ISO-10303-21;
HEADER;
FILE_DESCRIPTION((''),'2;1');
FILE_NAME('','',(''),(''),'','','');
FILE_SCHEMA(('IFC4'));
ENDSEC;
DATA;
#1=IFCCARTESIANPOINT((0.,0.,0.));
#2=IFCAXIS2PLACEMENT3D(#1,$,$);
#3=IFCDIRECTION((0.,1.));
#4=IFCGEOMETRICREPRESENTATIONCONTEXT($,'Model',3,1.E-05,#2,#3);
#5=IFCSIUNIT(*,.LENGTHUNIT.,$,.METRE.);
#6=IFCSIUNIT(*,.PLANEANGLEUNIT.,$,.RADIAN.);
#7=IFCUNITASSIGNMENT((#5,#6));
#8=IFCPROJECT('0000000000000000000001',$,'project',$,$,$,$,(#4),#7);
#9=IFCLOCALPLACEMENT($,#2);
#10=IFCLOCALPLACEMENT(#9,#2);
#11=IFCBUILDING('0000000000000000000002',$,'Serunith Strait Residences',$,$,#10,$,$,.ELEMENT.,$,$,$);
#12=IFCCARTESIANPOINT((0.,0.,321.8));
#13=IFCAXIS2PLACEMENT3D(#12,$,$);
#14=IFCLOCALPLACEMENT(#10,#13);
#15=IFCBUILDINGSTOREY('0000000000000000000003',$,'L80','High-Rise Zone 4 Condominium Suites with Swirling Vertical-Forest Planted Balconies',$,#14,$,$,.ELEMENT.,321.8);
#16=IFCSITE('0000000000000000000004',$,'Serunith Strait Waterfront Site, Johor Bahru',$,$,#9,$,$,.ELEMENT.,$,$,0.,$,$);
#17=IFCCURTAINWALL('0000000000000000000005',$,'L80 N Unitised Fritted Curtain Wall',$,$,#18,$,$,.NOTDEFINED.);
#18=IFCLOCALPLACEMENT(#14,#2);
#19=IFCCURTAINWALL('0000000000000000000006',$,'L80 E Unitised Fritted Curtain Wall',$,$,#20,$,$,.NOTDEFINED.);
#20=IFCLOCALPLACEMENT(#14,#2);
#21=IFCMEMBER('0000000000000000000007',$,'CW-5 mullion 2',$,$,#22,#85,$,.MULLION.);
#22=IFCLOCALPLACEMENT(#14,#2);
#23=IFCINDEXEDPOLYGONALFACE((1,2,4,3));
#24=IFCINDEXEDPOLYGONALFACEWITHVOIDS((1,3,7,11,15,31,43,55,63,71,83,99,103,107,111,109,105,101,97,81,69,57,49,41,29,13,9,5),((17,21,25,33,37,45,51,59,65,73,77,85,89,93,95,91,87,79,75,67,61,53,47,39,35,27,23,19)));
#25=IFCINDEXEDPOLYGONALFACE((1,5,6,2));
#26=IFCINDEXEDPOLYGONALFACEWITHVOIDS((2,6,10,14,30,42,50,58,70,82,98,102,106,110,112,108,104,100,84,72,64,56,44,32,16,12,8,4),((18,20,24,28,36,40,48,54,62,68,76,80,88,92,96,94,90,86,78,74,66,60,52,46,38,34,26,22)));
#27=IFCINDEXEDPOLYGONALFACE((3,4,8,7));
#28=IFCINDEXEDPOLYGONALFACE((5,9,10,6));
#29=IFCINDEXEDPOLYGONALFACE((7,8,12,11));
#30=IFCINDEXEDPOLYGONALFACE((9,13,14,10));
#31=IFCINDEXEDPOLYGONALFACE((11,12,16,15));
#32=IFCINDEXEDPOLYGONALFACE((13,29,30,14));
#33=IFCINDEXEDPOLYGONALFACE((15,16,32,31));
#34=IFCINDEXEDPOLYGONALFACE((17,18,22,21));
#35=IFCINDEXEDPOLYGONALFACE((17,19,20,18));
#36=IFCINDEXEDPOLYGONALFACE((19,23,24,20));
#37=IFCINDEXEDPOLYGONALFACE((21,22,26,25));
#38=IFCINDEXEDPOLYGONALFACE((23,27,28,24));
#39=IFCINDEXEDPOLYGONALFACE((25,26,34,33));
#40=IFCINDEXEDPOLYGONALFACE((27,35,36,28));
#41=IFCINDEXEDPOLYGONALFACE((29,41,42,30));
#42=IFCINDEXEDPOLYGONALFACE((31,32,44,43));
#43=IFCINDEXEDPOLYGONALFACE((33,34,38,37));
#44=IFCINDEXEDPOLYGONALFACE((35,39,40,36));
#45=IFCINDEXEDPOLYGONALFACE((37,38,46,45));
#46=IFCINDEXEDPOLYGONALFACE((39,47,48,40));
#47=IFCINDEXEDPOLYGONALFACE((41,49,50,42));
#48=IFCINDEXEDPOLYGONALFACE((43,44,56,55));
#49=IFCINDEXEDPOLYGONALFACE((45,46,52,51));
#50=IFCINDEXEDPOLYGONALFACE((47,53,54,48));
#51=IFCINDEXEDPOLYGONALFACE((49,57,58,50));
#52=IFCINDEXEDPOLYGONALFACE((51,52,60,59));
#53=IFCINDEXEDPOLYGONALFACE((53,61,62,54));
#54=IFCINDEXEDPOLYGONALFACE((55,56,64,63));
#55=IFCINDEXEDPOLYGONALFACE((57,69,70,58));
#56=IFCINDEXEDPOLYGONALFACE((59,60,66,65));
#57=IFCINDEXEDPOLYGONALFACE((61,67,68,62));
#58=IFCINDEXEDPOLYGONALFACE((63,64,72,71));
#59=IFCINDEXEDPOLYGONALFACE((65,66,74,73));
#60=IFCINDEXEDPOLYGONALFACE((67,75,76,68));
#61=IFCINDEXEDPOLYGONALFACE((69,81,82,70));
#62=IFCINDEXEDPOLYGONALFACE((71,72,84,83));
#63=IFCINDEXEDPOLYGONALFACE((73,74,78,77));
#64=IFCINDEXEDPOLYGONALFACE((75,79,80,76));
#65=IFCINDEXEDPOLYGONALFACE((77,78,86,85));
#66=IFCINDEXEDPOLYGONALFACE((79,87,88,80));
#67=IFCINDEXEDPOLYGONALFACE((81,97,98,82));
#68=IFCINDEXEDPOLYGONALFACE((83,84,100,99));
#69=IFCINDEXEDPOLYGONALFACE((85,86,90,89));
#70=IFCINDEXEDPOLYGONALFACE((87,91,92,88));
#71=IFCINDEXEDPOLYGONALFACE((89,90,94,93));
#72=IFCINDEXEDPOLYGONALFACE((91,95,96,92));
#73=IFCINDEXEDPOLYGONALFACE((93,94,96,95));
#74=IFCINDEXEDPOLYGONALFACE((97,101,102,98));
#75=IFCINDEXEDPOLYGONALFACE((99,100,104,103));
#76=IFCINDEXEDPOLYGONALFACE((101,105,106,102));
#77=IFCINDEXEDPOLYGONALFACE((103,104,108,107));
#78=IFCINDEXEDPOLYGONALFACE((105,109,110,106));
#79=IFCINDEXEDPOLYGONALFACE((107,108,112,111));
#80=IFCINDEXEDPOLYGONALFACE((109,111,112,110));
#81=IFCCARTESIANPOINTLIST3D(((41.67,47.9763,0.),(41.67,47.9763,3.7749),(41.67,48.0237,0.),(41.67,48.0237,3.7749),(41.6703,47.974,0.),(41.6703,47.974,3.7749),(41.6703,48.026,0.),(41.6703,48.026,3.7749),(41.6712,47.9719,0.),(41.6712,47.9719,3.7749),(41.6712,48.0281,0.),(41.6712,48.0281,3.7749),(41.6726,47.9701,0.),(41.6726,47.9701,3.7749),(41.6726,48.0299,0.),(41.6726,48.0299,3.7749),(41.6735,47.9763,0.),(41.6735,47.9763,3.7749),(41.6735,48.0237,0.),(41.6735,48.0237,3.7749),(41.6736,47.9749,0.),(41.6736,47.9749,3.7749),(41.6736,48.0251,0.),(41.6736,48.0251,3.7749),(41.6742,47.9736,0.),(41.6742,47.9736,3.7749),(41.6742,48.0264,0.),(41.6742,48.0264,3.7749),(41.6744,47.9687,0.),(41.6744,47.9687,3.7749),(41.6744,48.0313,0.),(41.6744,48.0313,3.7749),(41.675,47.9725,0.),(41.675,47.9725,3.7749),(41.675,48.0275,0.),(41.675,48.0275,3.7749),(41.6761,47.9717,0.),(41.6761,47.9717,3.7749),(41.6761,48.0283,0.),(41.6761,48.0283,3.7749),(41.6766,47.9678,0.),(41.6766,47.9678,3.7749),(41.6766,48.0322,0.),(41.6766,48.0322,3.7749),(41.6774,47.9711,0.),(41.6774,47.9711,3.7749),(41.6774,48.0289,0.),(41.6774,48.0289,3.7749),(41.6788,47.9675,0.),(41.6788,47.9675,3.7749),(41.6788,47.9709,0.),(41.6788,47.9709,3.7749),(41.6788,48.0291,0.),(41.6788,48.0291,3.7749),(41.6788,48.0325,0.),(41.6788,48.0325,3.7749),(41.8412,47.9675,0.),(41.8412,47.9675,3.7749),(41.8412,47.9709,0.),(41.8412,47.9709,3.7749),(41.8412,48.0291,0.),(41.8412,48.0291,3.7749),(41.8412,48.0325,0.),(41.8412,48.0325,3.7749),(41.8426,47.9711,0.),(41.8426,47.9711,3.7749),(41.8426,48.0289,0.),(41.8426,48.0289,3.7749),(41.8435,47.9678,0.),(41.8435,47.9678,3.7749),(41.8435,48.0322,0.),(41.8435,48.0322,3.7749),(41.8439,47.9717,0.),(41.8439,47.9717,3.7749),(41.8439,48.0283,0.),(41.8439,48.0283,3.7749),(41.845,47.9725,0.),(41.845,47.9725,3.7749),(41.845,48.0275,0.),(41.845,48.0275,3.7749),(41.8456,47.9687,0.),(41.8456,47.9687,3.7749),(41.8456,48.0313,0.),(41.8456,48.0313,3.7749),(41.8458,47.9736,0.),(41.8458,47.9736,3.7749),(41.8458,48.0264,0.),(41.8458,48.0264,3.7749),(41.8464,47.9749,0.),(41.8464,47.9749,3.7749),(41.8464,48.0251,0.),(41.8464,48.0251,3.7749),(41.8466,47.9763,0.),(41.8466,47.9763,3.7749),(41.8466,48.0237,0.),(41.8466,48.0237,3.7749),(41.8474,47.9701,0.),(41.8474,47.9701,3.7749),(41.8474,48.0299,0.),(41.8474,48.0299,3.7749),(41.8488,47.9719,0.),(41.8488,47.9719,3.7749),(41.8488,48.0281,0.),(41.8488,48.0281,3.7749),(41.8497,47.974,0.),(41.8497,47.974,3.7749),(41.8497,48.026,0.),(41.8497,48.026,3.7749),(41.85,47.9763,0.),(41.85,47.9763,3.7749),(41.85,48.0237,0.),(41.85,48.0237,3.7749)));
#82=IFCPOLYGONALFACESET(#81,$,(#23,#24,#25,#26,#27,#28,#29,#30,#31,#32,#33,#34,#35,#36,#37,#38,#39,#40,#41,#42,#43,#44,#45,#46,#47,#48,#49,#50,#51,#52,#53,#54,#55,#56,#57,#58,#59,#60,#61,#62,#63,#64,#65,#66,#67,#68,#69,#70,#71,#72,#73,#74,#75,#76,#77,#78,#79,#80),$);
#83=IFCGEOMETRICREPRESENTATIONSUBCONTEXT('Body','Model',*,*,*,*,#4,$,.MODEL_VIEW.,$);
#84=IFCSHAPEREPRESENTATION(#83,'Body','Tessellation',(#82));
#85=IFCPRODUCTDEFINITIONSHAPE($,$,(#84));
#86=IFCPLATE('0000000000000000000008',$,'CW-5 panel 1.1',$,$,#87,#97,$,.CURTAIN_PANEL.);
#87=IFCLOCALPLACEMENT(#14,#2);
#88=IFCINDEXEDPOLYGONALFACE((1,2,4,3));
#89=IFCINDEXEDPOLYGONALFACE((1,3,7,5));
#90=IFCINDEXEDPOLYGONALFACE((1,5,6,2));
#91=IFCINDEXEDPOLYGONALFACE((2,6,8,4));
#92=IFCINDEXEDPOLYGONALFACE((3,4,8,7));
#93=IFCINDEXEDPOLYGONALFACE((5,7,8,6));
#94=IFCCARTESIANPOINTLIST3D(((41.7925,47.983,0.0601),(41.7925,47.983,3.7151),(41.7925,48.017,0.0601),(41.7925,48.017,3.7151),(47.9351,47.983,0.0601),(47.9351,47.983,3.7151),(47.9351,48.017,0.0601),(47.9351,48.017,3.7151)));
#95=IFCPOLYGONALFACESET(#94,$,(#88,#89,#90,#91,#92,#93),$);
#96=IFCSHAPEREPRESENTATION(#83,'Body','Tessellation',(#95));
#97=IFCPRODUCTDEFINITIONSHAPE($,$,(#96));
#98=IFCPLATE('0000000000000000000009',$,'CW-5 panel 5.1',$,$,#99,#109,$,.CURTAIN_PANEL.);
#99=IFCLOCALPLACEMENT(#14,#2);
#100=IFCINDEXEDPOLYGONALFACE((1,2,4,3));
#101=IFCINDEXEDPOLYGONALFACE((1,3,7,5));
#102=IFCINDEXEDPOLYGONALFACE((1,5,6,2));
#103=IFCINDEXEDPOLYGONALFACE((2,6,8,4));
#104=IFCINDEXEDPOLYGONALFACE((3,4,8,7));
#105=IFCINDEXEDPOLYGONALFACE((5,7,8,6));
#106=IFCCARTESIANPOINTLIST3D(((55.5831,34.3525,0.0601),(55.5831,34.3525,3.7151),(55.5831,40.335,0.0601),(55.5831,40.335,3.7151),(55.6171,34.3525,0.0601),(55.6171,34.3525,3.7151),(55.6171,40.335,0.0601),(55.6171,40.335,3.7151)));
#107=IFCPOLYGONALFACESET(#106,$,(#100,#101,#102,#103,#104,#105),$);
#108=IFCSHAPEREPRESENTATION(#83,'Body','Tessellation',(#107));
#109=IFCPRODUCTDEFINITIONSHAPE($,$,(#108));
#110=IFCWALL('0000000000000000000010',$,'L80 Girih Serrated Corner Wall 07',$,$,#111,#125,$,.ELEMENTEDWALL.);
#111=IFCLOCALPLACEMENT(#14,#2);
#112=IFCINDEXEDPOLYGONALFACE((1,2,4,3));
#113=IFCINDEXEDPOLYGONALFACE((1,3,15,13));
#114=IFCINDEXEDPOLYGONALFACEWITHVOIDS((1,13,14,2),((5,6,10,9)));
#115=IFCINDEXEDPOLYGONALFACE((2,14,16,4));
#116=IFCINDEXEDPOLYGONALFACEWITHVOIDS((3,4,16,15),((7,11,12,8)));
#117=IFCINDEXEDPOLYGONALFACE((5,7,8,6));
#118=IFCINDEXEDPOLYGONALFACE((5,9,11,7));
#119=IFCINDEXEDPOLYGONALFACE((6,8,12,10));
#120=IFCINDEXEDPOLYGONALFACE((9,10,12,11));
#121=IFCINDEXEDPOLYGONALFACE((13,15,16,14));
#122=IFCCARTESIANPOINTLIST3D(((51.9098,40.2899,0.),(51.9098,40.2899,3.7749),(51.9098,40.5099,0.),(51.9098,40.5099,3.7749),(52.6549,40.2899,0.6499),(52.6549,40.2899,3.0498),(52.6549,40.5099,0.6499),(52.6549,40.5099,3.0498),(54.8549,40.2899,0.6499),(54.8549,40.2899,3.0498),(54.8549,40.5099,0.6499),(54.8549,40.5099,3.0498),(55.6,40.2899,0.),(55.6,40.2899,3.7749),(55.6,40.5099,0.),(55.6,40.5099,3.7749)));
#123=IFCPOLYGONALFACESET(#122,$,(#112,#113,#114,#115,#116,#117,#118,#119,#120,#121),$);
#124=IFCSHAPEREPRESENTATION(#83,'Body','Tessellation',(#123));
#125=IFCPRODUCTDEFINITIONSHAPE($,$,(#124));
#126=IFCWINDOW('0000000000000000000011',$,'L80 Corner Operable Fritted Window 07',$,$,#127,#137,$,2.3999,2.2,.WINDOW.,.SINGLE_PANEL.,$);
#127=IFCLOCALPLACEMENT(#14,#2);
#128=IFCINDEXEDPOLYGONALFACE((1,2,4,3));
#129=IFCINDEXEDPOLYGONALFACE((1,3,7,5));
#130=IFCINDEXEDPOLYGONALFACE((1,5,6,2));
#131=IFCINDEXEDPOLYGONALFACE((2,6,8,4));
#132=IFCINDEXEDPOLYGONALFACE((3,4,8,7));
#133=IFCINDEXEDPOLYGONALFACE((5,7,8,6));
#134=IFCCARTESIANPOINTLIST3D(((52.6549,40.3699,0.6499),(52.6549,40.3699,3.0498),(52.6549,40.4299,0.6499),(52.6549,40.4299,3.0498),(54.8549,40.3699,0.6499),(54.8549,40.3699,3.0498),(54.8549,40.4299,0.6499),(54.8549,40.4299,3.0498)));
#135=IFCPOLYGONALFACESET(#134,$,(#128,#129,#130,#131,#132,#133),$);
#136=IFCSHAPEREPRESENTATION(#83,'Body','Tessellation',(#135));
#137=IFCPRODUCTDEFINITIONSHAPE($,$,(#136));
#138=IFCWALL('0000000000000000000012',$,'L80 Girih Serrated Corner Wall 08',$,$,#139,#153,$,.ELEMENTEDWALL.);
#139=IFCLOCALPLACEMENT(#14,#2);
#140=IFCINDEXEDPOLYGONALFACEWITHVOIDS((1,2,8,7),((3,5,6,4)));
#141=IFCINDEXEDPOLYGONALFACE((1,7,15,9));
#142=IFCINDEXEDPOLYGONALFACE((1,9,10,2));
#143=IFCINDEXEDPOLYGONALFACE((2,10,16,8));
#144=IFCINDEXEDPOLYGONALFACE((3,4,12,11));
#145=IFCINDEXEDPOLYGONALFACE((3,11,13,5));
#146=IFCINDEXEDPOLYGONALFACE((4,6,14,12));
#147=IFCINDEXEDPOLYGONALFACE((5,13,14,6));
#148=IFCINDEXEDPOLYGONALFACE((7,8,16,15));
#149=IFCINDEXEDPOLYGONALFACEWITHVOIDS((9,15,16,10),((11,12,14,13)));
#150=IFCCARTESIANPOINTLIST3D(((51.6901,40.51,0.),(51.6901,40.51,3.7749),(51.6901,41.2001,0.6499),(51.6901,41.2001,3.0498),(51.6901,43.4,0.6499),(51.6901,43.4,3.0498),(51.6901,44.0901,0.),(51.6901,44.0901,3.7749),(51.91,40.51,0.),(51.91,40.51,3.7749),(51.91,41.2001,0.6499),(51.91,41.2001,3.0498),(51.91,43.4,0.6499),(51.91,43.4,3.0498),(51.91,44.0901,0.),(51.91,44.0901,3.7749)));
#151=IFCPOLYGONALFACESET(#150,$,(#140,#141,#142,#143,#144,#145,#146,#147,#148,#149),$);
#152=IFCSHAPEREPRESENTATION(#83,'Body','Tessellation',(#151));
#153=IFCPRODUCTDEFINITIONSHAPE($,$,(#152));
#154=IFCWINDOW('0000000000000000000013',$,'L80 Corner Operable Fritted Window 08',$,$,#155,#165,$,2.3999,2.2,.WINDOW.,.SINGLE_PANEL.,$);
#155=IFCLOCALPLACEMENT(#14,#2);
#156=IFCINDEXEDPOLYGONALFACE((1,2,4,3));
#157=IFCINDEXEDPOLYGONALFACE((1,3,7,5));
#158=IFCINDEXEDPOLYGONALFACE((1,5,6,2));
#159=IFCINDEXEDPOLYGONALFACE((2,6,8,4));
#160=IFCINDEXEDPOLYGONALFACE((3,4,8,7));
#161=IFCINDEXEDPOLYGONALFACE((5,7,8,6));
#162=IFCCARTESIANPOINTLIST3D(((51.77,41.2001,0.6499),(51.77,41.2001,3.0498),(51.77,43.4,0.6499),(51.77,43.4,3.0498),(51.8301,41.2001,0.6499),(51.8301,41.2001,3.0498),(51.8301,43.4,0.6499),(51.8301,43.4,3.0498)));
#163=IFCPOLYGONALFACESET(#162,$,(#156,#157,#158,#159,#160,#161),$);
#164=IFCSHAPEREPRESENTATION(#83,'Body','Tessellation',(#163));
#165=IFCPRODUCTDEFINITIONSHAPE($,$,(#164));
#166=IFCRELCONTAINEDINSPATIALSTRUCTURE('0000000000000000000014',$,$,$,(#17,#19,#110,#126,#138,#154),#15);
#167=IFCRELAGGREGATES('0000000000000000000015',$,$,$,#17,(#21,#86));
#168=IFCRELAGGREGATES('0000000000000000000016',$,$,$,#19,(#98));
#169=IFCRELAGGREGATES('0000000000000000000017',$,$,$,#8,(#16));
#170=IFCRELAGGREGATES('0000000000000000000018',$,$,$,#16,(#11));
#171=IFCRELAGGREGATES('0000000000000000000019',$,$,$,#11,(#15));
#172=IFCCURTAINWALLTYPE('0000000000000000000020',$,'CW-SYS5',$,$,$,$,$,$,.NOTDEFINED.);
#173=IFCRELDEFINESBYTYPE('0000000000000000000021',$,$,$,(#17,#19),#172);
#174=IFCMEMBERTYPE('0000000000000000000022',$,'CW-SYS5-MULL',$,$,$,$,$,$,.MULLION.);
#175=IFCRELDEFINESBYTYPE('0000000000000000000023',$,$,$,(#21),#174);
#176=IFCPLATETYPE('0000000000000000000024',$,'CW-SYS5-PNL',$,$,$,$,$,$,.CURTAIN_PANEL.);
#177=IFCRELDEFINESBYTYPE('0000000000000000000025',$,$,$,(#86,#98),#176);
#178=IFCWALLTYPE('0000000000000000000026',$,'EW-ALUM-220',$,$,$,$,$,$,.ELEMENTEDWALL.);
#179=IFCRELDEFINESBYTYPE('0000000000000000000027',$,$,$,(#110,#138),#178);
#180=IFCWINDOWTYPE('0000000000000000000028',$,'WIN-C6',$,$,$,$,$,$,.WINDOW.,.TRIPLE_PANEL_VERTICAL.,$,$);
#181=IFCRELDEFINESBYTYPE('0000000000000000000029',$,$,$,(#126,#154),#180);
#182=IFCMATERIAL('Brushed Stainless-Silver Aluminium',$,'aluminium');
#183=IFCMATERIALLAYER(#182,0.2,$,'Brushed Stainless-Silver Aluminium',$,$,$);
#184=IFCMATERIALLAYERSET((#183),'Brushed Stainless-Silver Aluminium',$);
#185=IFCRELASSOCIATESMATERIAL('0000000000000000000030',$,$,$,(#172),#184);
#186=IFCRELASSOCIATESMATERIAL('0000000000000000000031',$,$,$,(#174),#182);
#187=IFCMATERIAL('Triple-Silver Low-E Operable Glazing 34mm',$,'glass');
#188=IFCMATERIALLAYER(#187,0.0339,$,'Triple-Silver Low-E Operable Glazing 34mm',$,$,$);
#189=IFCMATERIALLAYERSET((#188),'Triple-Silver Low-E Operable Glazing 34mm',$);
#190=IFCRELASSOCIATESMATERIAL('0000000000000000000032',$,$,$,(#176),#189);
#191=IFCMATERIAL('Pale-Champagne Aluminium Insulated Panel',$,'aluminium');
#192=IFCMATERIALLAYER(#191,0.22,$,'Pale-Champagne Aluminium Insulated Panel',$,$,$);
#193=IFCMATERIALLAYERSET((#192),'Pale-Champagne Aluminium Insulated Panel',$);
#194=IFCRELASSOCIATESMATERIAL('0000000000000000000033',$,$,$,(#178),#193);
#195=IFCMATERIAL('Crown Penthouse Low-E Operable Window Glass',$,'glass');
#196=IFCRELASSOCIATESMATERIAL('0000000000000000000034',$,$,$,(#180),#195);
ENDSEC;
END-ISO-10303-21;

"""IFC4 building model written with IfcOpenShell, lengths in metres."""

from ifc_helpers import new_model, si_unit, direction, frame, frame_2d, origin, origin_2d, place, context, subcontext, project, spatial, rectangle, hollow_rectangle, extrude, source, transform, mapped, material, layer, layer_set, material_profile, profile_set, type_object, element, fill, aggregate, save


model = new_model("IFC4")

# Units and contexts
model_context = context("Model", 3, precision=1e-05, world=origin(), true_north=direction((0.0, 1.0)))
body_context = subcontext(model_context, "Body", "Model", "MODEL_VIEW")
ifc_project = project(units=[si_unit("LENGTHUNIT", "METRE"), si_unit("PLANEANGLEUNIT", "RADIAN")], contexts=[model_context])

# Site, building, storey
site_placement = place(None, origin())
site = spatial("IfcSite", under=ifc_project, at=site_placement, Name="Serunith Strait Waterfront Site, Johor Bahru", CompositionType="ELEMENT", RefElevation=0.0)
building_placement = place(site_placement, origin())
building = spatial("IfcBuilding", under=site, at=building_placement, Name="Serunith Strait Residences", CompositionType="ELEMENT")
storey_placement = place(building_placement, frame((0.0, 0.0, 321.8)))
storey = spatial("IfcBuildingStorey", under=building, at=storey_placement, Name="L80", Description="High-Rise Zone 4 Condominium Suites with Swirling Vertical-Forest Planted Balconies", CompositionType="ELEMENT", Elevation=321.8)

# Curtain wall
ifc_material_1 = material(Name="Brushed Stainless-Silver Aluminium", Category="aluminium")
ifc_layer_1 = layer(ifc_material_1, 0.2, Name="Brushed Stainless-Silver Aluminium")
ifc_layer_set_1 = layer_set([ifc_layer_1], Name="Brushed Stainless-Silver Aluminium")
curtain_wall_type = type_object("IfcCurtainWallType", Name="CW-SYS5", PredefinedType="NOTDEFINED", material=ifc_layer_set_1)
curtain_wall_1_placement = place(storey_placement, origin())
curtain_wall_1 = element("IfcCurtainWall", 1, at=curtain_wall_1_placement, inside=storey, type_object=curtain_wall_type, Name="L80 N Unitised Fritted Curtain Wall", PredefinedType="NOTDEFINED")

# Curtain wall
curtain_wall_2_placement = place(storey_placement, origin())
curtain_wall_2 = element("IfcCurtainWall", 2, at=curtain_wall_2_placement, inside=storey, type_object=curtain_wall_type, Name="L80 E Unitised Fritted Curtain Wall", PredefinedType="NOTDEFINED")
ifc_material_profile_1 = material_profile(ifc_material_1, hollow_rectangle(XDim=0.0649, YDim=0.1799, WallThickness=0.0034, InnerFilletRadius=0.0054, OuterFilletRadius=0.0088, at=origin_2d()), Name="ALU 180x65x3.5")
ifc_profile_set_1 = profile_set([ifc_material_profile_1], Name="Brushed Stainless-Silver Aluminium")
member_type_1 = type_object("IfcMemberType", Name="CW-SYS5-MULL", PredefinedType="MULLION", material=ifc_profile_set_1)
shared_shape_1 = source(origin(), body_context, "Body", "SweptSolid", [
    extrude(hollow_rectangle(XDim=0.0649, YDim=0.1799, WallThickness=0.0034, InnerFilletRadius=0.0054, OuterFilletRadius=0.0088, at=origin_2d()), origin(), (0.0, 0.0, 1.0), 3.7749),
])

# Member
member_1_placement = place(storey_placement, frame((41.76, 48.0, 0.0), z_axis=(0.0, 0.0, 1.0), x_axis=(0.0, -1.0, 0.0)))
member_1 = element("IfcMember", 3, at=member_1_placement, type_object=member_type_1, Name="CW-5 mullion 2", PredefinedType="MULLION", context=body_context, shape_type="MappedRepresentation", body=[
    mapped(shared_shape_1, transform((0.0, 0.0, 0.0), scale=1.0)),
])

# Plates
ifc_material_2 = material(Name="Triple-Silver Low-E Operable Glazing 34mm", Category="glass")
ifc_layer_2 = layer(ifc_material_2, 0.0339, Name="Triple-Silver Low-E Operable Glazing 34mm")
ifc_layer_set_2 = layer_set([ifc_layer_2], Name="Triple-Silver Low-E Operable Glazing 34mm")
plate_type = type_object("IfcPlateType", Name="CW-SYS5-PNL", PredefinedType="CURTAIN_PANEL", material=ifc_layer_set_2)
shared_shape_2 = source(origin(), body_context, "Body", "SweptSolid", [
    extrude(rectangle(XDim=6.1426, YDim=0.0339, at=origin_2d()), origin(), (0.0, 0.0, 1.0), 3.655),
])
plate_1_placement = place(storey_placement, frame((44.8638, 48.0, 0.0601), z_axis=(0.0, 0.0, 1.0), x_axis=(-1.0, 0.0, 0.0)))
plate_1 = element("IfcPlate", 4, at=plate_1_placement, type_object=plate_type, Name="CW-5 panel 1.1", PredefinedType="CURTAIN_PANEL", context=body_context, shape_type="MappedRepresentation", body=[
    mapped(shared_shape_2, transform((0.0, 0.0, 0.0), scale=1.0)),
])
aggregate(curtain_wall_1, [member_1, plate_1])
shared_shape_3 = source(origin(), body_context, "Body", "SweptSolid", [
    extrude(rectangle(XDim=5.9824, YDim=0.0339, at=origin_2d()), origin(), (0.0, 0.0, 1.0), 3.655),
])
plate_2_placement = place(storey_placement, frame((55.6001, 37.3438, 0.0601), z_axis=(0.0, 0.0, 1.0), x_axis=(0.0, 1.0, 0.0)))
plate_2 = element("IfcPlate", 5, at=plate_2_placement, type_object=plate_type, Name="CW-5 panel 5.1", PredefinedType="CURTAIN_PANEL", context=body_context, shape_type="MappedRepresentation", body=[
    mapped(shared_shape_3, transform((0.0, 0.0, 0.0), scale=1.0)),
])
aggregate(curtain_wall_2, [plate_2])

# Walls, openings, windows
ifc_material_3 = material(Name="Pale-Champagne Aluminium Insulated Panel", Category="aluminium")
ifc_layer_3 = layer(ifc_material_3, 0.22, Name="Pale-Champagne Aluminium Insulated Panel")
ifc_layer_set_3 = layer_set([ifc_layer_3], Name="Pale-Champagne Aluminium Insulated Panel")
wall_type_1 = type_object("IfcWallType", Name="EW-ALUM-220", PredefinedType="ELEMENTEDWALL", material=ifc_layer_set_3)
wall_1_placement = place(storey_placement, frame((55.6001, 40.3999, 0.0), z_axis=(0.0, 0.0, 1.0), x_axis=(-1.0, 0.0, 0.0)))
wall_1 = element("IfcWall", 6, at=wall_1_placement, inside=storey, type_object=wall_type_1, Name="L80 Girih Serrated Corner Wall 07", PredefinedType="ELEMENTEDWALL", context=body_context, shape_type="SweptSolid", body=[
    extrude(rectangle(XDim=3.6902, YDim=0.22, at=frame_2d((1.8452, 0.0))), origin(), (0.0, 0.0, 1.0), 3.7749),
])
opening_1_placement = place(wall_1_placement, frame((0.7451, 0.0, 0.6499)))
opening_1 = element("IfcOpeningElement", 7, at=opening_1_placement, cuts=wall_1, PredefinedType="OPENING", context=body_context, shape_type="SweptSolid", body=[
    extrude(rectangle(XDim=2.2, YDim=2.3999, at=frame_2d((1.1001, 1.2))), frame((0.0, 0.1201, 0.0), z_axis=(0.0, -1.0, 0.0), x_axis=(1.0, 0.0, 0.0)), (0.0, 0.0, 1.0), 0.24),
])
ifc_material_4 = material(Name="Crown Penthouse Low-E Operable Window Glass", Category="glass")
window_type = type_object("IfcWindowType", Name="WIN-C6", PartitioningType="TRIPLE_PANEL_VERTICAL", PredefinedType="WINDOW", material=ifc_material_4)
shared_shape_4 = source(origin(), body_context, "Body", "SweptSolid", [
    extrude(rectangle(XDim=2.2, YDim=2.3999, at=frame_2d((1.1001, 1.2))), frame((0.0, 0.03, 0.0), z_axis=(0.0, -1.0, 0.0), x_axis=(1.0, 0.0, 0.0)), (0.0, 0.0, 1.0), 0.0601),
])
window_1_placement = place(opening_1_placement, origin())
window_1 = element("IfcWindow", 8, at=window_1_placement, inside=storey, type_object=window_type, Name="L80 Corner Operable Fritted Window 07", OverallHeight=2.3999, OverallWidth=2.2, PartitioningType="SINGLE_PANEL", PredefinedType="WINDOW", context=body_context, shape_type="MappedRepresentation", body=[
    mapped(shared_shape_4, transform((0.0, 0.0, 0.0), scale=1.0)),
])
fill(opening_1, window_1)
wall_2_placement = place(storey_placement, frame((51.8, 40.51, 0.0), z_axis=(0.0, 0.0, 1.0), x_axis=(0.0, 1.0, 0.0)))
wall_2 = element("IfcWall", 9, at=wall_2_placement, inside=storey, type_object=wall_type_1, Name="L80 Girih Serrated Corner Wall 08", PredefinedType="ELEMENTEDWALL", context=body_context, shape_type="SweptSolid", body=[
    extrude(rectangle(XDim=3.5801, YDim=0.22, at=frame_2d((1.79, 0.0))), origin(), (0.0, 0.0, 1.0), 3.7749),
])
opening_2_placement = place(wall_2_placement, frame((0.6899, 0.0, 0.6499)))
opening_2 = element("IfcOpeningElement", 10, at=opening_2_placement, cuts=wall_2, PredefinedType="OPENING", context=body_context, shape_type="SweptSolid", body=[
    extrude(rectangle(XDim=2.2, YDim=2.3999, at=frame_2d((1.1001, 1.2))), frame((0.0, 0.1201, 0.0), z_axis=(0.0, -1.0, 0.0), x_axis=(1.0, 0.0, 0.0)), (0.0, 0.0, 1.0), 0.24),
])
window_2_placement = place(opening_2_placement, origin())
window_2 = element("IfcWindow", 11, at=window_2_placement, inside=storey, type_object=window_type, Name="L80 Corner Operable Fritted Window 08", OverallHeight=2.3999, OverallWidth=2.2, PartitioningType="SINGLE_PANEL", PredefinedType="WINDOW", context=body_context, shape_type="MappedRepresentation", body=[
    mapped(shared_shape_4, transform((0.0, 0.0, 0.0), scale=1.0)),
])
fill(opening_2, window_2)

save(model, "model.ifc")
